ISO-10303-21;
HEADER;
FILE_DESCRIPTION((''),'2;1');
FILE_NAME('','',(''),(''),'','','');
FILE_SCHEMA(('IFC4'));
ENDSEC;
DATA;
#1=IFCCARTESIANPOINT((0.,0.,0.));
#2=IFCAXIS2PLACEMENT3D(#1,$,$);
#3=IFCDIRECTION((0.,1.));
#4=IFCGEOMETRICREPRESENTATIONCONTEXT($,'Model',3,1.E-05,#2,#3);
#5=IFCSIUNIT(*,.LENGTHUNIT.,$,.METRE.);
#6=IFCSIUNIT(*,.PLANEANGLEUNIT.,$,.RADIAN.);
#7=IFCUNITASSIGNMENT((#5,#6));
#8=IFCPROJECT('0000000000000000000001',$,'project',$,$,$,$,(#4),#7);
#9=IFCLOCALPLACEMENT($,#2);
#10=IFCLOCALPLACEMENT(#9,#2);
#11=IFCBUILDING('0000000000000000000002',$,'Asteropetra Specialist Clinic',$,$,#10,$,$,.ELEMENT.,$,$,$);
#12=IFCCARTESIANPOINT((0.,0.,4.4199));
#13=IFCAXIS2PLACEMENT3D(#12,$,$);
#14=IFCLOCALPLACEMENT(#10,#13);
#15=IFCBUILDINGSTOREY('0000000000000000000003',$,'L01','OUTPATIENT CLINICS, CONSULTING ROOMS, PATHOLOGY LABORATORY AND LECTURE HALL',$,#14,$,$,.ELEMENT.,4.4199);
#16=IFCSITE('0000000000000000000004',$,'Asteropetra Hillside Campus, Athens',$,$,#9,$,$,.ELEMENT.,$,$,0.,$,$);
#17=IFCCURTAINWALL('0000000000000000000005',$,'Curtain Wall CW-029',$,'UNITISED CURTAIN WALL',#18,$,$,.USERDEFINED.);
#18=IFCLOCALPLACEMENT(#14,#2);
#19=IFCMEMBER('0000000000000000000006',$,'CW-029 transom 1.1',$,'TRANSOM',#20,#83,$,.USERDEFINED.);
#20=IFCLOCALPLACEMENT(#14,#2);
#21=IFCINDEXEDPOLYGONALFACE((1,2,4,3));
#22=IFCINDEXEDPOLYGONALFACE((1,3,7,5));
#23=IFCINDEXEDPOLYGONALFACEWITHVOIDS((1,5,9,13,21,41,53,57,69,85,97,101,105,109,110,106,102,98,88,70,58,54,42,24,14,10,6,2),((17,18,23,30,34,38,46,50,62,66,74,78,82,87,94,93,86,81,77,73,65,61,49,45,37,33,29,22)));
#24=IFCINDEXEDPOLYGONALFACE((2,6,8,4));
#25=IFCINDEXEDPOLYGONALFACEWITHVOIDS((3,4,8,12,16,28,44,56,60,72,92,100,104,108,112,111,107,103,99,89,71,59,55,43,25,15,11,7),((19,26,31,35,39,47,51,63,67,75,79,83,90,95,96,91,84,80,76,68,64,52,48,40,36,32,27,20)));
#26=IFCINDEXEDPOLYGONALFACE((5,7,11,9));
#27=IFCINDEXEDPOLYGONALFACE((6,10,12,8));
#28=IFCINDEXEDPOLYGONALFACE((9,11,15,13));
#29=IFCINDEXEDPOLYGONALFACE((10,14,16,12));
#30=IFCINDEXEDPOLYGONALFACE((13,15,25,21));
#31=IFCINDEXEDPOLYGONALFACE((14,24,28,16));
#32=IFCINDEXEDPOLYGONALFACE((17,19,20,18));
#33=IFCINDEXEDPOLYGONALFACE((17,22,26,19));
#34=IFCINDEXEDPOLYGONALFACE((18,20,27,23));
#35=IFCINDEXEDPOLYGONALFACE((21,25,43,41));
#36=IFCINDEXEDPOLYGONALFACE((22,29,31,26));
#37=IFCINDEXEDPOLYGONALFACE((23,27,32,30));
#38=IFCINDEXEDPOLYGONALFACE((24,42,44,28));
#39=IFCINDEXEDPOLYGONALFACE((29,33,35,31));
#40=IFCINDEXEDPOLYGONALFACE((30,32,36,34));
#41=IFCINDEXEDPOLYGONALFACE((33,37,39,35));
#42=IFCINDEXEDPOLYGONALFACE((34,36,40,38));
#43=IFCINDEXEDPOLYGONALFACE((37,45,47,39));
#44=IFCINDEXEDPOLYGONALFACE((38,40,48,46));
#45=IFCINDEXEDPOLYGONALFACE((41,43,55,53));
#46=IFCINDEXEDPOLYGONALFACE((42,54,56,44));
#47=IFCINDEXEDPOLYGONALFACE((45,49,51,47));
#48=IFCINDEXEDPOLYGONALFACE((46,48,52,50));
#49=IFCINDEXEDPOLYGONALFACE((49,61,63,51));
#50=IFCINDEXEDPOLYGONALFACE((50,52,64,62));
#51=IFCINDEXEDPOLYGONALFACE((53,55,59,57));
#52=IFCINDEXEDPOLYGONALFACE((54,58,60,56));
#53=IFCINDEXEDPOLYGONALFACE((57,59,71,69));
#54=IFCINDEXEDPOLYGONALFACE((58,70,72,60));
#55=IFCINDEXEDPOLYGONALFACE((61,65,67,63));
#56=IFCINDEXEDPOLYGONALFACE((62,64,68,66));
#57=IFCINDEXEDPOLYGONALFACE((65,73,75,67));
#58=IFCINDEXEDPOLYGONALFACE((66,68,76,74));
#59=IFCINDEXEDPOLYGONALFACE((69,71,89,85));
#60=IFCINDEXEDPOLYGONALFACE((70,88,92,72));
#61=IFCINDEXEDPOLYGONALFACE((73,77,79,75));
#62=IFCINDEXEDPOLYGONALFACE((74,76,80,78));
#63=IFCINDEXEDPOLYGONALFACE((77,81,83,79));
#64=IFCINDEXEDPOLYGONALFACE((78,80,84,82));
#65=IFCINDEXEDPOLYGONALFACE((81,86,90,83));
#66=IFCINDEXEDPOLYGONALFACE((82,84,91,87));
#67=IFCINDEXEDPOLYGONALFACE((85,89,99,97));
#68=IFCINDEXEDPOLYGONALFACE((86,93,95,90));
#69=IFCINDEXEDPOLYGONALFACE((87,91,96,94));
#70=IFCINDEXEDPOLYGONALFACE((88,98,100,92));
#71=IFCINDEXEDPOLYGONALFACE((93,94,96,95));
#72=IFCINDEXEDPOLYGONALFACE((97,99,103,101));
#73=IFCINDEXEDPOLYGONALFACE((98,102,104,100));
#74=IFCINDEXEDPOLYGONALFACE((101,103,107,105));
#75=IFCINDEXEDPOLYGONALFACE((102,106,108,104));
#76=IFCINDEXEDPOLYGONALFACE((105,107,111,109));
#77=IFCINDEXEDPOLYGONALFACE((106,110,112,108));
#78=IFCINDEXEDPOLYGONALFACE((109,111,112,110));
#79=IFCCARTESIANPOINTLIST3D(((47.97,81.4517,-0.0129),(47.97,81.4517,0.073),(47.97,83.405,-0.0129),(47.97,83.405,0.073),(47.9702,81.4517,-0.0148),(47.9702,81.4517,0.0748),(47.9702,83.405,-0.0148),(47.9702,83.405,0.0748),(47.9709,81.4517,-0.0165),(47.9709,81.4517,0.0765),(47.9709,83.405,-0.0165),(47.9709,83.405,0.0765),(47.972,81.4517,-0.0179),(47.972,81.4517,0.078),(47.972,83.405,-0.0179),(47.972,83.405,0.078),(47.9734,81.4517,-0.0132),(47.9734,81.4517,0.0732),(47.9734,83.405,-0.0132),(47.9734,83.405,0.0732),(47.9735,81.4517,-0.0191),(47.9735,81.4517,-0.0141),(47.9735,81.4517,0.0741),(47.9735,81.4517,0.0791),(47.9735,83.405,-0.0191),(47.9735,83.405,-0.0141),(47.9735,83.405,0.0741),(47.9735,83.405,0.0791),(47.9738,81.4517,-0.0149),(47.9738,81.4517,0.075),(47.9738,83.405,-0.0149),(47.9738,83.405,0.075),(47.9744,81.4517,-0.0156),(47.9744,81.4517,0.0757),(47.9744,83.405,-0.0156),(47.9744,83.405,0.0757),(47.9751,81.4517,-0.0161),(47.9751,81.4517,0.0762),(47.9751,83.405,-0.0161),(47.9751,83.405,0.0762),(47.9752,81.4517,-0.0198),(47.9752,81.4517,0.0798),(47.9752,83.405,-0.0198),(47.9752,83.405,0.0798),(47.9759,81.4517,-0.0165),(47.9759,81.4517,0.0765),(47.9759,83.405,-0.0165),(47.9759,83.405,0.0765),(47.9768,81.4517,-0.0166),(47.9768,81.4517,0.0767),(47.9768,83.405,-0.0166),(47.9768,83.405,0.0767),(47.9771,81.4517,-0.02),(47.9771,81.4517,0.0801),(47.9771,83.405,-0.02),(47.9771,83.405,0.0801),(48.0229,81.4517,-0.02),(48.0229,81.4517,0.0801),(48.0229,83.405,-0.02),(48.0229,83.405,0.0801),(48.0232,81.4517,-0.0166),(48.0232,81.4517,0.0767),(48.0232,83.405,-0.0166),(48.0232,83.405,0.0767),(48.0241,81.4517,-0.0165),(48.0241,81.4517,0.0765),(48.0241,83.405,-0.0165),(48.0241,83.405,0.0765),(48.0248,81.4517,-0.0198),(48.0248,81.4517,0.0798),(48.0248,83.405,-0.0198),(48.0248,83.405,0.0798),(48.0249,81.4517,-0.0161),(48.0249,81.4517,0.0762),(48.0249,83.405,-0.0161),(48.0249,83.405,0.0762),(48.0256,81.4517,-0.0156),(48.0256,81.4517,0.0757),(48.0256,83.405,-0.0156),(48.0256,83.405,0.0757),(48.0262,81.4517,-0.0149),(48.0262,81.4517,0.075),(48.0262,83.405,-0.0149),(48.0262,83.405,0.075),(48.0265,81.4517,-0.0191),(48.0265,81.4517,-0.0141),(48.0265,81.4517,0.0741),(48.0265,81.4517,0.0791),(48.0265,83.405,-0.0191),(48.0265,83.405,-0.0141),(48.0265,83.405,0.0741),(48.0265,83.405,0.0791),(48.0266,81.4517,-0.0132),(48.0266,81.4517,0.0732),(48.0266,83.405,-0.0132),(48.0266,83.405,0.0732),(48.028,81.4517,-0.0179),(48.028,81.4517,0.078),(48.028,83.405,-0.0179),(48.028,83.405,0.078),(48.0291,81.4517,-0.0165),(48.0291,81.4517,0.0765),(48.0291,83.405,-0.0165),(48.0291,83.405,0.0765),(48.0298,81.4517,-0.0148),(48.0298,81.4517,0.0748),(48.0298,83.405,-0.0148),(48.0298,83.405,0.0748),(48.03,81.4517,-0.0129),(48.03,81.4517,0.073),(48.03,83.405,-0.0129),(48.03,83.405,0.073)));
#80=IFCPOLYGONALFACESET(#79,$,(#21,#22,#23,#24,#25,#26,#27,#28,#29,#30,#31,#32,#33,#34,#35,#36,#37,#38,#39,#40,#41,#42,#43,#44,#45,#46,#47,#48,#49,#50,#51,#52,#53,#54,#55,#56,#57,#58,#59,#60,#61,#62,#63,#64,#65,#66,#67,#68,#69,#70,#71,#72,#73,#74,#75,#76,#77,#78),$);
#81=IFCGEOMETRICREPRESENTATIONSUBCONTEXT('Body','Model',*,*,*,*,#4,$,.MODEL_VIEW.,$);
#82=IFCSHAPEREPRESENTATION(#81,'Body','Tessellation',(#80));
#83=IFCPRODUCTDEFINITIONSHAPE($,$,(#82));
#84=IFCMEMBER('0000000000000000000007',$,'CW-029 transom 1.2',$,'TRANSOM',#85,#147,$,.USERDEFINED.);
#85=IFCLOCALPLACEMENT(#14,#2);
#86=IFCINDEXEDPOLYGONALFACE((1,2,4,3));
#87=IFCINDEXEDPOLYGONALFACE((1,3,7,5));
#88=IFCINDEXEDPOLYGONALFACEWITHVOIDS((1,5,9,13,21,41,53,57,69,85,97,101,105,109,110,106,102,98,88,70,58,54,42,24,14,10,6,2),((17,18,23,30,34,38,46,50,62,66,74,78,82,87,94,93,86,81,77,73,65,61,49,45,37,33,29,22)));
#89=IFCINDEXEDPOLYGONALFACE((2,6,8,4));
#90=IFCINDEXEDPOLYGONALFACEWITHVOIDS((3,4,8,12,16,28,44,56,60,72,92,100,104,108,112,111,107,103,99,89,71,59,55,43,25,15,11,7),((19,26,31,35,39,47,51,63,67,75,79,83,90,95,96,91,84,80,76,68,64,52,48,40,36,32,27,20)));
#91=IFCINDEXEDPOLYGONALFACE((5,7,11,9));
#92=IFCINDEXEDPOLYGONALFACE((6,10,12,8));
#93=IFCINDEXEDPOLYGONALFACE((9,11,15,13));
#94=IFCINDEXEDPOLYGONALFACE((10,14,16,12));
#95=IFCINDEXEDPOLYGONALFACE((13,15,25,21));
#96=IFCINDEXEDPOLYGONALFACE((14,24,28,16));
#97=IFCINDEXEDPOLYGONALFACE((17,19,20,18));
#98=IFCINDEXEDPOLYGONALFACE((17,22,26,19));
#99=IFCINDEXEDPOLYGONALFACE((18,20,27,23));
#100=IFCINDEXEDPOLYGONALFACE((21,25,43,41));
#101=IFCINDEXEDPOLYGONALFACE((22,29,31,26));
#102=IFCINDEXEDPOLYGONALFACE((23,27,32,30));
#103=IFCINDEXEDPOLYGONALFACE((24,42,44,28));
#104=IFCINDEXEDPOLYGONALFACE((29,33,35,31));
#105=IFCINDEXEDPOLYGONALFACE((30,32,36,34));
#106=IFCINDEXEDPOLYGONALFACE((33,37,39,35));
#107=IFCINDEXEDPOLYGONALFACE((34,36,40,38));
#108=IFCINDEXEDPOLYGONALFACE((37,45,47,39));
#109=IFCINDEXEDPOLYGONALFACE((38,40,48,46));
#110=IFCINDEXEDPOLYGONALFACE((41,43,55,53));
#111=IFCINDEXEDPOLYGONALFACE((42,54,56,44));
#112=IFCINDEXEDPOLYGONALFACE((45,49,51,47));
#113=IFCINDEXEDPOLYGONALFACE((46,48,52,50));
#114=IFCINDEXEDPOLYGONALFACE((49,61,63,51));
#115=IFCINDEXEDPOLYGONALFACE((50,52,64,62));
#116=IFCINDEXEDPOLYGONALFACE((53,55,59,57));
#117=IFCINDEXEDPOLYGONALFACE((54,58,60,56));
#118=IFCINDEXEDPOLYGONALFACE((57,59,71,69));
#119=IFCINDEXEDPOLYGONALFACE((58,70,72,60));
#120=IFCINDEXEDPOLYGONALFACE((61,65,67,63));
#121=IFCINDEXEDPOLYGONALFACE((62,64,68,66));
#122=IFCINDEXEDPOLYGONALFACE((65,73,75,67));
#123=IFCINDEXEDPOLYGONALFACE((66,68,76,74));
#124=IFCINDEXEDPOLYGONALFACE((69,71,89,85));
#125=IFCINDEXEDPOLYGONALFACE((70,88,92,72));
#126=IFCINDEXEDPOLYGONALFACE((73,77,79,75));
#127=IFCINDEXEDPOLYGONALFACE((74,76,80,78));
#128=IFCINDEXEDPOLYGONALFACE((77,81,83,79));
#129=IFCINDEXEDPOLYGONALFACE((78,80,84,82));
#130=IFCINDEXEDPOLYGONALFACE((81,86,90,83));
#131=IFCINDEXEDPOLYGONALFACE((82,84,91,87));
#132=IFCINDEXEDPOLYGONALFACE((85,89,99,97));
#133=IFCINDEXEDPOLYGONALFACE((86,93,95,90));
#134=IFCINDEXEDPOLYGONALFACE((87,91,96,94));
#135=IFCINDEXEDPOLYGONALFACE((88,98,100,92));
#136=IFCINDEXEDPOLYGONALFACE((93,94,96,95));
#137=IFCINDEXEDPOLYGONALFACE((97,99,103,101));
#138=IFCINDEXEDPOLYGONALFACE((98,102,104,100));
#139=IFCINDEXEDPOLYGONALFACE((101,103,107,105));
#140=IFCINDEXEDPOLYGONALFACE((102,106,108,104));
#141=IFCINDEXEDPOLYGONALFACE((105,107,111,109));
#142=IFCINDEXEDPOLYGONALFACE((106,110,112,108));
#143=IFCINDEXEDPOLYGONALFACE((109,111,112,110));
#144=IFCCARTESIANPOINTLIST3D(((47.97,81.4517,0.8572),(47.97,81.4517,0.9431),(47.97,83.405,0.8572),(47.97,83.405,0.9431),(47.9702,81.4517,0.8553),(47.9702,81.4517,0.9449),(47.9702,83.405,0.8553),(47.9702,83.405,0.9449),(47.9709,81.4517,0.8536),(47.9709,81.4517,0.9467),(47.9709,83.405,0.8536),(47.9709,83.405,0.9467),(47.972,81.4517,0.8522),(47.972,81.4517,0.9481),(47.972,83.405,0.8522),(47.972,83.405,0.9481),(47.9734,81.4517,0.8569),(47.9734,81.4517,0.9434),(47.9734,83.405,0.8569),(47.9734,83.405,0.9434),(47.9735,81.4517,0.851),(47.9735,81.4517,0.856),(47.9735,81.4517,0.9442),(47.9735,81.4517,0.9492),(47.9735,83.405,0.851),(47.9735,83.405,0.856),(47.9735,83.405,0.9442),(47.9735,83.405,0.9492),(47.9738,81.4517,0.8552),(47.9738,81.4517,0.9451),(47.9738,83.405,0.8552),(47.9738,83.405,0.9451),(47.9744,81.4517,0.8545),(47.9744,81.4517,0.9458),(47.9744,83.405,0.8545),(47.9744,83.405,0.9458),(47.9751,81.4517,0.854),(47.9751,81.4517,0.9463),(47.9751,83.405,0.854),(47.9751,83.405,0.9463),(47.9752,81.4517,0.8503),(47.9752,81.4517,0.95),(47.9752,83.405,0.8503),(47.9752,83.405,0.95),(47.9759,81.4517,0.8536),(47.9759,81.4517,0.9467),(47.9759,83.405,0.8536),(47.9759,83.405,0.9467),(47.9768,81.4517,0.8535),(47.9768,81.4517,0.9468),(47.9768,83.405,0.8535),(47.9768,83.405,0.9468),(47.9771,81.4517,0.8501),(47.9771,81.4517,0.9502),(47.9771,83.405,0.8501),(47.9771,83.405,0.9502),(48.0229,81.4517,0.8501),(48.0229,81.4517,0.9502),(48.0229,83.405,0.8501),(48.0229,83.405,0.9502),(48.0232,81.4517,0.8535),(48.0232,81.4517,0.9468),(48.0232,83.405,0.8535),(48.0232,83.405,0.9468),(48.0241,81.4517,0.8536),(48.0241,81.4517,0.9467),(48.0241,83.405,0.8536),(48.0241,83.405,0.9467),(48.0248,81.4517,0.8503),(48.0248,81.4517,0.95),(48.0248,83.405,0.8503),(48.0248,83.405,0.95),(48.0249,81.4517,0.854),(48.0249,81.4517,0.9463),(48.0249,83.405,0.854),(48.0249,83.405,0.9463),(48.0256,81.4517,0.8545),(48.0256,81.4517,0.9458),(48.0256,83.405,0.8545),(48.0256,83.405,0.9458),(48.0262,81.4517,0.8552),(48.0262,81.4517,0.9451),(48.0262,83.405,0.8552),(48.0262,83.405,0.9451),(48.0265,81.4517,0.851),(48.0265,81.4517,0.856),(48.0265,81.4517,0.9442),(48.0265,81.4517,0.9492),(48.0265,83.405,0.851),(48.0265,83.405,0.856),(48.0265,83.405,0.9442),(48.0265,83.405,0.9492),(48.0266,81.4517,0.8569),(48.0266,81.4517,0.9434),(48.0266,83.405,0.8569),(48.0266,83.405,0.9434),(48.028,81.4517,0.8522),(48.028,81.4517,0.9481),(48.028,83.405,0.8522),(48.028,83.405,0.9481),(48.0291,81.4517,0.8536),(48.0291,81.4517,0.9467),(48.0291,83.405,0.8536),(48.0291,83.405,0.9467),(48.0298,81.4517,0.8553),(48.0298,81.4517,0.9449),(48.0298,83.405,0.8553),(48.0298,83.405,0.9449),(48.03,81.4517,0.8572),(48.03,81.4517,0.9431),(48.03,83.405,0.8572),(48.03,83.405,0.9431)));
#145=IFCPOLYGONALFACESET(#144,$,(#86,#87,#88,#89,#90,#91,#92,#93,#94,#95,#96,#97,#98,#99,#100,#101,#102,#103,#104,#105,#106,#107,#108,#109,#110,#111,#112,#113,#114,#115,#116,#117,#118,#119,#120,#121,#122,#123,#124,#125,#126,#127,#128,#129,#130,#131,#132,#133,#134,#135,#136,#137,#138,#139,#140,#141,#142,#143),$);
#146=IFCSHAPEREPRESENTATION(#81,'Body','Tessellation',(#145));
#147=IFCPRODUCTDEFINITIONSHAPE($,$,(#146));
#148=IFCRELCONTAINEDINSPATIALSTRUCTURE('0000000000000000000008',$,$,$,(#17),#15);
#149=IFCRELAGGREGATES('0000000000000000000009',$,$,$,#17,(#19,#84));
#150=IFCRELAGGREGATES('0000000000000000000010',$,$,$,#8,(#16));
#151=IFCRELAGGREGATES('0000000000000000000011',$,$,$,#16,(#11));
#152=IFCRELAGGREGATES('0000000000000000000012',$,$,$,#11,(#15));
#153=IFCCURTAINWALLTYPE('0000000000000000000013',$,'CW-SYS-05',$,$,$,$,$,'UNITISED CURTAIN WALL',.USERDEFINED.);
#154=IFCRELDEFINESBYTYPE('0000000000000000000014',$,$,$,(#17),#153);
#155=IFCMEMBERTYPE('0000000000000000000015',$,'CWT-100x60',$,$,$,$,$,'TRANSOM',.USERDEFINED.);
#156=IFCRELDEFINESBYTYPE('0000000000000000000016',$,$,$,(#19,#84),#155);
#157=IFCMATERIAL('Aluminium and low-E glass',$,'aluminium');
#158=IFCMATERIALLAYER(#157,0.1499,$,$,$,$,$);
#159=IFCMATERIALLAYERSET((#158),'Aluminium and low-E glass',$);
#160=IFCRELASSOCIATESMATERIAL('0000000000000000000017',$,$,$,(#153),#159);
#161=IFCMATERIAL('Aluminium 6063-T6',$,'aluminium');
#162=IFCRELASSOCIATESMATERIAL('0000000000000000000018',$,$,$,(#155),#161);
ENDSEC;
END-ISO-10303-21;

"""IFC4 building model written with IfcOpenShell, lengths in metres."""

from ifc_helpers import new_model, si_unit, direction, frame, origin, origin_2d, place, context, subcontext, project, spatial, hollow_rectangle, extrude, material, layer, layer_set, material_profile, profile_set, type_object, element, aggregate, save


model = new_model("IFC4")

# Units and contexts
model_context = context("Model", 3, precision=1e-05, world=origin(), true_north=direction((0.0, 1.0)))
body_context = subcontext(model_context, "Body", "Model", "MODEL_VIEW")
ifc_project = project(units=[si_unit("LENGTHUNIT", "METRE"), si_unit("PLANEANGLEUNIT", "RADIAN")], contexts=[model_context])

# Site, building, storey
site_placement = place(None, origin())
site = spatial("IfcSite", under=ifc_project, at=site_placement, Name="Asteropetra Hillside Campus, Athens", CompositionType="ELEMENT", RefElevation=0.0)
building_placement = place(site_placement, origin())
building = spatial("IfcBuilding", under=site, at=building_placement, Name="Asteropetra Specialist Clinic", CompositionType="ELEMENT")
storey_placement = place(building_placement, frame((0.0, 0.0, 4.4199)))
storey = spatial("IfcBuildingStorey", under=building, at=storey_placement, Name="L01", Description="OUTPATIENT CLINICS, CONSULTING ROOMS, PATHOLOGY LABORATORY AND LECTURE HALL", CompositionType="ELEMENT", Elevation=4.4199)

# Curtain wall
ifc_material_1 = material(Name="Aluminium and low-E glass", Category="aluminium")
ifc_layer_1 = layer(ifc_material_1, 0.1499)
ifc_layer_set_1 = layer_set([ifc_layer_1], Name="Aluminium and low-E glass")
curtain_wall_type_1 = type_object("IfcCurtainWallType", Name="CW-SYS-05", ElementType="UNITISED CURTAIN WALL", PredefinedType="USERDEFINED", material=ifc_layer_set_1)
curtain_wall_1_placement = place(storey_placement, origin())
curtain_wall_1 = element("IfcCurtainWall", 1, at=curtain_wall_1_placement, inside=storey, type_object=curtain_wall_type_1, Name="Curtain Wall CW-029", ObjectType="UNITISED CURTAIN WALL", PredefinedType="USERDEFINED")

# Members
ifc_material_2 = material(Name="Aluminium 6063-T6", Category="aluminium")
ifc_material_profile_1 = material_profile(ifc_material_2, hollow_rectangle(XDim=0.0601, YDim=0.1001, WallThickness=0.0034, InnerFilletRadius=0.0034, OuterFilletRadius=0.0071, at=origin_2d()), Name="TRN 100x60x3.5")
ifc_profile_set_1 = profile_set([ifc_material_profile_1], Name="Aluminium 6063-T6")
member_type_1 = type_object("IfcMemberType", Name="CWT-100x60", ElementType="TRANSOM", PredefinedType="USERDEFINED", material=ifc_profile_set_1)
member_1_placement = place(storey_placement, frame((48.0, 83.405, 0.03), z_axis=(0.0, -1.0, 0.0), x_axis=(1.0, 0.0, 0.0)))
member_1 = element("IfcMember", 2, at=member_1_placement, type_object=member_type_1, Name="CW-029 transom 1.1", ObjectType="TRANSOM", PredefinedType="USERDEFINED", context=body_context, shape_type="SweptSolid", body=[
    extrude(hollow_rectangle(XDim=0.0601, YDim=0.1001, WallThickness=0.0034, InnerFilletRadius=0.0034, OuterFilletRadius=0.0071, at=origin_2d()), origin(), (0.0, 0.0, 1.0), 1.9534),
])
member_2_placement = place(storey_placement, frame((48.0, 83.405, 0.9001), z_axis=(0.0, -1.0, 0.0), x_axis=(1.0, 0.0, 0.0)))
member_2 = element("IfcMember", 3, at=member_2_placement, type_object=member_type_1, Name="CW-029 transom 1.2", ObjectType="TRANSOM", PredefinedType="USERDEFINED", context=body_context, shape_type="SweptSolid", body=[
    extrude(hollow_rectangle(XDim=0.0601, YDim=0.1001, WallThickness=0.0034, InnerFilletRadius=0.0034, OuterFilletRadius=0.0071, at=origin_2d()), origin(), (0.0, 0.0, 1.0), 1.9534),
])

aggregate(curtain_wall_1, [member_1, member_2])

save(model, "model.ifc")
